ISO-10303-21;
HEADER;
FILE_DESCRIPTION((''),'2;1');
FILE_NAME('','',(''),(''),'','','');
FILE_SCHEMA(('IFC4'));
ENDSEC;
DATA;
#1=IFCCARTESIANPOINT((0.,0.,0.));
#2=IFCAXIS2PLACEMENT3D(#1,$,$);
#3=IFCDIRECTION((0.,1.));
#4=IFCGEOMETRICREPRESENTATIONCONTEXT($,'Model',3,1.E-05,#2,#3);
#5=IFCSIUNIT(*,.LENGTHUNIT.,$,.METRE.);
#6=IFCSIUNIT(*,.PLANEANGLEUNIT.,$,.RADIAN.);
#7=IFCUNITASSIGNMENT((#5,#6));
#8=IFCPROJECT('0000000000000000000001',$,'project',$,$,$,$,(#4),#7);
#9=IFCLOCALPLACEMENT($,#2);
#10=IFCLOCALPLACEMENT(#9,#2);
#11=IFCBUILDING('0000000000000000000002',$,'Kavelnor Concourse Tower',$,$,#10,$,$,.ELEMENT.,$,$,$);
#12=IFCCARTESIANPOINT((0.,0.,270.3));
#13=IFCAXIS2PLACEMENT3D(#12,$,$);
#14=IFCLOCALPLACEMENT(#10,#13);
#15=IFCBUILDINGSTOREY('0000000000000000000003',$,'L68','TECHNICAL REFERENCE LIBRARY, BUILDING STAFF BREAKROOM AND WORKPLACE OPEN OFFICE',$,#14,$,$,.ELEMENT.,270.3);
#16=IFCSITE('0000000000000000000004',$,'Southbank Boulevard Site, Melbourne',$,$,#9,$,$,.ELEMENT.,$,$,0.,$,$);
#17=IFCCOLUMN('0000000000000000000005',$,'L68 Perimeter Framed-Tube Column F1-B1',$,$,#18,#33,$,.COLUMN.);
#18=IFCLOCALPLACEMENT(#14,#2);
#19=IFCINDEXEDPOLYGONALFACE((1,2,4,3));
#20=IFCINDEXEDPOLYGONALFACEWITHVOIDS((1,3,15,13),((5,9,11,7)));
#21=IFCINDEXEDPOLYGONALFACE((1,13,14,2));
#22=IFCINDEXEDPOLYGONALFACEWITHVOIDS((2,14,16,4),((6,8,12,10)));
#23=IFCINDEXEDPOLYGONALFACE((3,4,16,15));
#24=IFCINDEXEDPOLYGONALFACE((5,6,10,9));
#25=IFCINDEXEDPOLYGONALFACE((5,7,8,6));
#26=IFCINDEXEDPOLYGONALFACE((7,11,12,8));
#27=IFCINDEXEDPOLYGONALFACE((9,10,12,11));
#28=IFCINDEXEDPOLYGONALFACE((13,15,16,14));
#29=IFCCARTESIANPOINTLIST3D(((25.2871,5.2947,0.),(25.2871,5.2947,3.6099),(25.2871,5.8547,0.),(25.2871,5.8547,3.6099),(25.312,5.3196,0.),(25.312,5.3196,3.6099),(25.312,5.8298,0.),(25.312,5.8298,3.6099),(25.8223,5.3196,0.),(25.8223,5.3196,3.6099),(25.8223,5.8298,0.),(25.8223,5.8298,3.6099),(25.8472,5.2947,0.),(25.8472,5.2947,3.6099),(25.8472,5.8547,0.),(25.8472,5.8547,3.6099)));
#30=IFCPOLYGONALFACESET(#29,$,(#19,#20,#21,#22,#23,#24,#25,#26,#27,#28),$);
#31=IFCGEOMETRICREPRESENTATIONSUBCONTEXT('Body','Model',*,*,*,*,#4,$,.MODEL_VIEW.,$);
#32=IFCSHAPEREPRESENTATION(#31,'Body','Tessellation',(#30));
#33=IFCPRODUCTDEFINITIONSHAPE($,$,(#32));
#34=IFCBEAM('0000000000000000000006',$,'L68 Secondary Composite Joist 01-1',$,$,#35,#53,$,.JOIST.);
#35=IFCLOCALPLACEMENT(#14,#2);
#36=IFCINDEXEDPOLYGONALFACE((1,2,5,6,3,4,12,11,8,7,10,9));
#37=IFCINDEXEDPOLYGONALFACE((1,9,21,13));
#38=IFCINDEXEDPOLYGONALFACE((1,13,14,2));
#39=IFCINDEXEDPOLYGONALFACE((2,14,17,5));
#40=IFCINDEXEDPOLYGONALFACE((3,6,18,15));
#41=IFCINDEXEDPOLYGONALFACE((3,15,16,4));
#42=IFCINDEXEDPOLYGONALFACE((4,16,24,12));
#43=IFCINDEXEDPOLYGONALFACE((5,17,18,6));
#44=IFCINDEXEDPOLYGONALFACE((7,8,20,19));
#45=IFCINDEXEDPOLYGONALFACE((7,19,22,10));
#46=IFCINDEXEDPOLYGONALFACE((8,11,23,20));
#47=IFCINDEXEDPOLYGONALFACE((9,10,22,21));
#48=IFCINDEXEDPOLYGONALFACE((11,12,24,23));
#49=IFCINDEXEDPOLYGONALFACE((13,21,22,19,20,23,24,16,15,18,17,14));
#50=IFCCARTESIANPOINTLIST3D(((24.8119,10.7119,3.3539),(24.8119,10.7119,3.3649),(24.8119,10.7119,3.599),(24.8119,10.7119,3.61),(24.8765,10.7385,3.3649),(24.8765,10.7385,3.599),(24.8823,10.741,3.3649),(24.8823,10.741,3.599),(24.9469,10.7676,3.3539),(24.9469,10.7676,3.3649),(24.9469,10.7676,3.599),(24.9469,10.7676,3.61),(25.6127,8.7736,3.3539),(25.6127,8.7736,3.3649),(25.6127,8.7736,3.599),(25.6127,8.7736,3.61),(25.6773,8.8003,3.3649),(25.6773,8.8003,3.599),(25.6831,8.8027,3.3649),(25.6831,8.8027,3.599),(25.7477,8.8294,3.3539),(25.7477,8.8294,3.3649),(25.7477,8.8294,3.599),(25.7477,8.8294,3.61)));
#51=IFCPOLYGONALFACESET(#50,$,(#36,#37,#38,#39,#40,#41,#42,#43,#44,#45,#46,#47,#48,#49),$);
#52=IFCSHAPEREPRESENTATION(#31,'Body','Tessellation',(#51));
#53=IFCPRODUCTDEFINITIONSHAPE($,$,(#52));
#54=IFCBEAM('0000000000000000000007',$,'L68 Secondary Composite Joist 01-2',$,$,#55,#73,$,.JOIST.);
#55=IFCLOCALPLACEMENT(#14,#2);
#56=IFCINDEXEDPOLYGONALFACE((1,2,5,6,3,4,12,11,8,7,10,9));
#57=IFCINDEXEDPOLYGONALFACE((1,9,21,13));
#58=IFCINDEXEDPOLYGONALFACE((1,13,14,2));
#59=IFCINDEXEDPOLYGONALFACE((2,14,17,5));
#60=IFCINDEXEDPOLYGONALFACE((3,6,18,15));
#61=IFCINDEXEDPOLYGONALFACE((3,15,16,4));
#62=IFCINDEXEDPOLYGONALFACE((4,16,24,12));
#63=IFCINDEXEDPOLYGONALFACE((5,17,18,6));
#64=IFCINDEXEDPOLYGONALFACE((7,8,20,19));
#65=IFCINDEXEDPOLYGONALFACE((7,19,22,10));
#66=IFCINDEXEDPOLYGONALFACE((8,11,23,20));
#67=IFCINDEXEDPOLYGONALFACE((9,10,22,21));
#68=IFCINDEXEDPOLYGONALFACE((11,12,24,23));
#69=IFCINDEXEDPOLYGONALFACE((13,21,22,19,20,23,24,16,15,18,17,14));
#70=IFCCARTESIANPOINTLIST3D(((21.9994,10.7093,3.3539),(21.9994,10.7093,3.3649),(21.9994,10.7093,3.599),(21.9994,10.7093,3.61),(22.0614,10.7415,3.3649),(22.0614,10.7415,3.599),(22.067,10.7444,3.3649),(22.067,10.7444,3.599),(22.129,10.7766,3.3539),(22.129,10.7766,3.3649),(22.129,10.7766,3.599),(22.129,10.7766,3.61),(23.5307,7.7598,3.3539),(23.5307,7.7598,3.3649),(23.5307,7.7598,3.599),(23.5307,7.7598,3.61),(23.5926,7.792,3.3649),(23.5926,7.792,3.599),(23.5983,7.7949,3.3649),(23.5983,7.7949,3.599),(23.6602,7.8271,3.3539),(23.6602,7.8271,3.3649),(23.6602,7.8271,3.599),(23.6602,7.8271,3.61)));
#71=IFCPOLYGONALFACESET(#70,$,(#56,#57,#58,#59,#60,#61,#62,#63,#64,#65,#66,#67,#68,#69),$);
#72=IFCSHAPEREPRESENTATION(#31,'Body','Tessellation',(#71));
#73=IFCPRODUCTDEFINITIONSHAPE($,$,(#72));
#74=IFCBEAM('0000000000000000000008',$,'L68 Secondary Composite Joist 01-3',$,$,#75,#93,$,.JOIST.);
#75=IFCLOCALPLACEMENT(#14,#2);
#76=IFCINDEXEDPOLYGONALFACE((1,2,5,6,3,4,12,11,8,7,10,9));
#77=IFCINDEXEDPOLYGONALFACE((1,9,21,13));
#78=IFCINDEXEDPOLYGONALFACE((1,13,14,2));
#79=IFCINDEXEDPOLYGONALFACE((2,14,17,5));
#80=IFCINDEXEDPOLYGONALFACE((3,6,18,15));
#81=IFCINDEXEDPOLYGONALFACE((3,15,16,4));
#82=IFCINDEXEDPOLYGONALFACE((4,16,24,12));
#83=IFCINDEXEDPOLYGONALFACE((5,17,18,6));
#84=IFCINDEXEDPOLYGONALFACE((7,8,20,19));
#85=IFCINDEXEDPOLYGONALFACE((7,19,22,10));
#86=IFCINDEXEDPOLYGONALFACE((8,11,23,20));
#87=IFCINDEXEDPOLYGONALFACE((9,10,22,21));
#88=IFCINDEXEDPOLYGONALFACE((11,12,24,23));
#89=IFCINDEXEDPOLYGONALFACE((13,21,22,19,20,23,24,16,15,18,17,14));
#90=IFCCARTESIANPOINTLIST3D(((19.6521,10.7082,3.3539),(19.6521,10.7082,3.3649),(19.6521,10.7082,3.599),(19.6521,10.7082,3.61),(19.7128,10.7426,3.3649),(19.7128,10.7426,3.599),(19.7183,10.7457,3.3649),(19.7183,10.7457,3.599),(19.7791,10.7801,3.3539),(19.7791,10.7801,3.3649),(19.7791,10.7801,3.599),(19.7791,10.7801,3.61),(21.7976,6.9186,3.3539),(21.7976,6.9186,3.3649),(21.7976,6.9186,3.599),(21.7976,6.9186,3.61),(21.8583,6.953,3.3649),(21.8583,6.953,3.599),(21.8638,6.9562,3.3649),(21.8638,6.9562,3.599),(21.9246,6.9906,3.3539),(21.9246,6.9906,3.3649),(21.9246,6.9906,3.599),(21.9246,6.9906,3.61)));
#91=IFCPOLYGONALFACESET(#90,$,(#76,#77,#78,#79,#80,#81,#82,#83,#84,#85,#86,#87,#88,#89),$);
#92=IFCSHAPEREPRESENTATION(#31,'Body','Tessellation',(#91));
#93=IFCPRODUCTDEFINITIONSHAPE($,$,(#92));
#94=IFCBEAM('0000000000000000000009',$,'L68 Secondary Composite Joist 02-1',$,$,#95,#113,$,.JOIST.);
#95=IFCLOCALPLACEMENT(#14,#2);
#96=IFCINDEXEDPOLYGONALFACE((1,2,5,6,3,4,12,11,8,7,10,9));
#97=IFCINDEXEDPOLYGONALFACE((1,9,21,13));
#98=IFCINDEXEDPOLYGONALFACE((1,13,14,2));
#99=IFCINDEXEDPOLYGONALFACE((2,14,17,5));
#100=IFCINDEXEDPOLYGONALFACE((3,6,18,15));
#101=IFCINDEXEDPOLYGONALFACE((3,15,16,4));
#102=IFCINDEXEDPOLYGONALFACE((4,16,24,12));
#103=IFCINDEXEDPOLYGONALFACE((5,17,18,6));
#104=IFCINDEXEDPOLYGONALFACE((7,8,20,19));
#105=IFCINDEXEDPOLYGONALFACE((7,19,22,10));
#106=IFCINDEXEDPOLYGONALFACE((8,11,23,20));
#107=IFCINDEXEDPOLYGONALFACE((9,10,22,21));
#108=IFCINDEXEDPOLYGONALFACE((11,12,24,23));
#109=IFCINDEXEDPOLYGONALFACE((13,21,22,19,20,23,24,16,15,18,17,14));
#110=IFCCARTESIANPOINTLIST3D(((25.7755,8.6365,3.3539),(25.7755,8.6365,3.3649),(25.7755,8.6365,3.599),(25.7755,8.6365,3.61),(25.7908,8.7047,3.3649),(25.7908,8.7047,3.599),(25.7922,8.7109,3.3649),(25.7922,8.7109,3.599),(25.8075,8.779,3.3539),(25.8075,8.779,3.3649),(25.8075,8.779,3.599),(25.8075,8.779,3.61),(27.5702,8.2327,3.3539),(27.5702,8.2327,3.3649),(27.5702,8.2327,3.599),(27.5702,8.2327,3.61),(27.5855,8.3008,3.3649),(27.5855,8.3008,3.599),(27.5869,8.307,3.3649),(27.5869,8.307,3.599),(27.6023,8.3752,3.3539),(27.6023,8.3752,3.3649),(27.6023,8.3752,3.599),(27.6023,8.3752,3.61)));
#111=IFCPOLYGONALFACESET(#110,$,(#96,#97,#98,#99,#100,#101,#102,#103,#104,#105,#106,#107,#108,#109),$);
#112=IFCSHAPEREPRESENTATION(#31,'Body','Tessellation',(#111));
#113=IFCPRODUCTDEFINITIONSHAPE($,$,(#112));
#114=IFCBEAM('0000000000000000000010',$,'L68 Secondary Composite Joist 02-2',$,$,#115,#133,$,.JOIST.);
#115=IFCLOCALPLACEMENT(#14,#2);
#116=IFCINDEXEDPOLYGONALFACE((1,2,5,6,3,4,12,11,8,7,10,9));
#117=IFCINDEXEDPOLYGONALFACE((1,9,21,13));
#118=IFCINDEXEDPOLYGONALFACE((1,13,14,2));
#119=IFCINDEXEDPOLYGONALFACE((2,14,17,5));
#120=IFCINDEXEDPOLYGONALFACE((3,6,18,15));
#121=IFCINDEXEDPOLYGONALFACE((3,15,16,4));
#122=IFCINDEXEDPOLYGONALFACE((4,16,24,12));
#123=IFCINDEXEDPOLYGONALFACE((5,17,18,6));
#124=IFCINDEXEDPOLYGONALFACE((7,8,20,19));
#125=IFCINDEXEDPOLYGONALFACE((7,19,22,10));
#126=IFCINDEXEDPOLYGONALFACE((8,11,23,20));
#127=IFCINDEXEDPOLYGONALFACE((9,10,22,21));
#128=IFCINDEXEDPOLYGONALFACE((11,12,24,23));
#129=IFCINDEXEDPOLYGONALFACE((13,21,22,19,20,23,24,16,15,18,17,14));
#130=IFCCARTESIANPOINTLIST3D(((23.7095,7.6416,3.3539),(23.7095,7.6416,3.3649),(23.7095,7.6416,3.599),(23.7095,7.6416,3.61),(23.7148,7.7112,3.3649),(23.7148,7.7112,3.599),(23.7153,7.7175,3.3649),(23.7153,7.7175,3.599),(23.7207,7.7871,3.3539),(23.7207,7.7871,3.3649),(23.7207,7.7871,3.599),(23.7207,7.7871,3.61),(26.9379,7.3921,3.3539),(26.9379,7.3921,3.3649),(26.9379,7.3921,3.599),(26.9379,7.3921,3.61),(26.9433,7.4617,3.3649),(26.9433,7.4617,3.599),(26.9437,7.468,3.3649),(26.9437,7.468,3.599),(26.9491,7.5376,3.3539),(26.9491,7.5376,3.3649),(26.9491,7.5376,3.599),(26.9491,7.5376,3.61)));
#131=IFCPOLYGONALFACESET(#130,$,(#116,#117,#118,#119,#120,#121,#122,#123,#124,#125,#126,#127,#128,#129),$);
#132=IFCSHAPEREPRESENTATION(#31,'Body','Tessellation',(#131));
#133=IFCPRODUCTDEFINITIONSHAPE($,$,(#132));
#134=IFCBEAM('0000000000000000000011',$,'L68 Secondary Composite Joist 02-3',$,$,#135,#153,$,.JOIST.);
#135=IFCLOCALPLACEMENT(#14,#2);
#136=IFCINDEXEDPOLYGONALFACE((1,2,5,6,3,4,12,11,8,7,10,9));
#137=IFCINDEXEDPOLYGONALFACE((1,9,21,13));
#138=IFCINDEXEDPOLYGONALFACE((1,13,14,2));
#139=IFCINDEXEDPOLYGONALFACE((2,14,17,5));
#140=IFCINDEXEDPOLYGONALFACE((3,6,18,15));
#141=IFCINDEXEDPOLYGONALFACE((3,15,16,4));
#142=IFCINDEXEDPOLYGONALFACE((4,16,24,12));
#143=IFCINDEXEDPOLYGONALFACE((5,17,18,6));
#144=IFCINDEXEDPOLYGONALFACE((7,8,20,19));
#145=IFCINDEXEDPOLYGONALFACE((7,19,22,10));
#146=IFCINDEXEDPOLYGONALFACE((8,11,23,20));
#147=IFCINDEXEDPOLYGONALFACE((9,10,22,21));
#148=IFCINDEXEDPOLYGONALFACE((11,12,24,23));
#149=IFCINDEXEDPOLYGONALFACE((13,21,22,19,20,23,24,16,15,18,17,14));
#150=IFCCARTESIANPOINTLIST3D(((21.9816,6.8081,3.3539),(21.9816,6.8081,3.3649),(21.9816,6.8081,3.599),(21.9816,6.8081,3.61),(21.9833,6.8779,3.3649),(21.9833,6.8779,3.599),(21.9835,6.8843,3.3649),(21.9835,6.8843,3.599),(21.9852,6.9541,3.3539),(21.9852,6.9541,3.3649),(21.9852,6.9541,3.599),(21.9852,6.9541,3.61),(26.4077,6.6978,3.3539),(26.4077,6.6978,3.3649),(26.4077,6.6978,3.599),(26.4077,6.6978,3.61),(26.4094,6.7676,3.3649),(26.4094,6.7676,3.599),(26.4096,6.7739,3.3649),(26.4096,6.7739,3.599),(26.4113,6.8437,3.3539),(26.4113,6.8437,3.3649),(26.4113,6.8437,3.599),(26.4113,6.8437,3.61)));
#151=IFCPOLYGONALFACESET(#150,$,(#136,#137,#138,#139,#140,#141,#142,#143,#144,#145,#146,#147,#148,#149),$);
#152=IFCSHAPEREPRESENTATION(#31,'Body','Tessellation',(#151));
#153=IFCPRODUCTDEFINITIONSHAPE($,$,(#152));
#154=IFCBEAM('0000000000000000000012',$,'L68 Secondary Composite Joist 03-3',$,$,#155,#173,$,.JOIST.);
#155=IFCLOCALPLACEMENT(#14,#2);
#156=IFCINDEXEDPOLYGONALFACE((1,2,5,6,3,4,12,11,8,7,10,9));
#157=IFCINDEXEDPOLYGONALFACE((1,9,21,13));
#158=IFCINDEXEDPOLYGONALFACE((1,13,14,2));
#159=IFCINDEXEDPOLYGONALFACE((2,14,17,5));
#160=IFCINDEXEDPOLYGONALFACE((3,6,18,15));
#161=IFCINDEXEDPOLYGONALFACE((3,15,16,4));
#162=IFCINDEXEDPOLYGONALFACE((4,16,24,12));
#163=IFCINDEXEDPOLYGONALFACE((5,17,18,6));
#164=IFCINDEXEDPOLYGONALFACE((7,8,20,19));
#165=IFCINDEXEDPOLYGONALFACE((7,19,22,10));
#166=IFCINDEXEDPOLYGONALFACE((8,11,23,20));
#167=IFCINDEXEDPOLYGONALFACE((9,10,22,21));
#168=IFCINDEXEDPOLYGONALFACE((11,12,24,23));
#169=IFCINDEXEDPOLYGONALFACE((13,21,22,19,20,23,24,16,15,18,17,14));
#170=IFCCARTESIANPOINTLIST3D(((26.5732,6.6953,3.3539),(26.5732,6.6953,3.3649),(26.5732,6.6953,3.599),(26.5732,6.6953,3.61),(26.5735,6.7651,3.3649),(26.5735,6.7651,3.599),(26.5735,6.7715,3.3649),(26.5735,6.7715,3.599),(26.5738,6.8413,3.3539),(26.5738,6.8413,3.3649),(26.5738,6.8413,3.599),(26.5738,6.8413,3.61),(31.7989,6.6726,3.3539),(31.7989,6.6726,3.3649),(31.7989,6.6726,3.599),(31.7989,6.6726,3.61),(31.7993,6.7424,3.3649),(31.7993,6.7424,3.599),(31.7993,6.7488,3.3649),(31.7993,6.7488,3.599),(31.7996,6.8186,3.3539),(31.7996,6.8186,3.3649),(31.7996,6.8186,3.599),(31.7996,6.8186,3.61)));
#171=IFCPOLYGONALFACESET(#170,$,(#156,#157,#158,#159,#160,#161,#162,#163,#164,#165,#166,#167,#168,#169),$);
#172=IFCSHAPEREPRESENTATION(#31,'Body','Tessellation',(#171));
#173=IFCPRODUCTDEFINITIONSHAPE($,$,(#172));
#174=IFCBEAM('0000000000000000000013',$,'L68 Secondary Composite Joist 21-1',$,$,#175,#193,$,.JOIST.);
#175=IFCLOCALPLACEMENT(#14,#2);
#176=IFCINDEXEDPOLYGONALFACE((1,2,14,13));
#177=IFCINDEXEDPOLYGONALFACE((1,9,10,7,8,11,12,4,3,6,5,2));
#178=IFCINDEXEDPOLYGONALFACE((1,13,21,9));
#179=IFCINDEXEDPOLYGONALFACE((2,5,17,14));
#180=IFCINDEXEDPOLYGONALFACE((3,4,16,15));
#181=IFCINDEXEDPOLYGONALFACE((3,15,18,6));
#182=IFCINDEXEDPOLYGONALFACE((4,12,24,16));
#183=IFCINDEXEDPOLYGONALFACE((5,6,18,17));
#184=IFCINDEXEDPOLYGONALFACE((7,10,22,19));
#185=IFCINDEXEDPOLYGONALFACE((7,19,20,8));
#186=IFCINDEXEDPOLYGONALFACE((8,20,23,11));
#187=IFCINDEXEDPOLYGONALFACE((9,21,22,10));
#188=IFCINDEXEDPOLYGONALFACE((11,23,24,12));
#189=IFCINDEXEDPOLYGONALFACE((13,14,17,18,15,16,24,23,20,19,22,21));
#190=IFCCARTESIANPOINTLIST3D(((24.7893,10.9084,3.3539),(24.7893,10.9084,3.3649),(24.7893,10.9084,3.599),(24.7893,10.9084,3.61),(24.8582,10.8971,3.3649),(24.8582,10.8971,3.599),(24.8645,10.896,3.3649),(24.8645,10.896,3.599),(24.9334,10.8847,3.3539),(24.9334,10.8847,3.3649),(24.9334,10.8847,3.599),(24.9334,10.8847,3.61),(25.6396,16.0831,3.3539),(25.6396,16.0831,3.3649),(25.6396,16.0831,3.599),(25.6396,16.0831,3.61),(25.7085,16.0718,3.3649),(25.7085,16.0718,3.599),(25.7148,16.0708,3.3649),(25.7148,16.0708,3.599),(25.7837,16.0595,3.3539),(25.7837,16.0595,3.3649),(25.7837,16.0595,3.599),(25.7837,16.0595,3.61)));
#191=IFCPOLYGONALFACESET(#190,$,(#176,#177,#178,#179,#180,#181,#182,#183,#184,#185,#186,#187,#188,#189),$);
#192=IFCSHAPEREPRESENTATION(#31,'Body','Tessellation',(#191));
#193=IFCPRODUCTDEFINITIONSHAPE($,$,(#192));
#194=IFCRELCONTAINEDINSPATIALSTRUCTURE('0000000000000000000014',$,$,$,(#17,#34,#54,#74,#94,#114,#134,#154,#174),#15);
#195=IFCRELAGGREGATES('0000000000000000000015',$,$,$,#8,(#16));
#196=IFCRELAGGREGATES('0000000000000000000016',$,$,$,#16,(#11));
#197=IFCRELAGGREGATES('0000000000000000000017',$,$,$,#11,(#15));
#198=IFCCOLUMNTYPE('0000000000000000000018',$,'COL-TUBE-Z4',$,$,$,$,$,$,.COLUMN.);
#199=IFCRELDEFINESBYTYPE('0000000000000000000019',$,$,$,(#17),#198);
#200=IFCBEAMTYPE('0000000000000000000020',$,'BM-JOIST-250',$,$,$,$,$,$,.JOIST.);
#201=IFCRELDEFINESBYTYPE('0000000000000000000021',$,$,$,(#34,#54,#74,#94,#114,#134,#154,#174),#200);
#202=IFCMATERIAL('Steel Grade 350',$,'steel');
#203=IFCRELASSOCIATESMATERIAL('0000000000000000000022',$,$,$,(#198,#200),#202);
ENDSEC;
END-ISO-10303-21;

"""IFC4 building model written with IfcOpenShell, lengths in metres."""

from ifc_helpers import new_model, si_unit, direction, frame, origin, origin_2d, place, context, subcontext, project, spatial, hollow_rectangle, i_section, extrude, material, material_profile, profile_set, type_object, element, save


model = new_model("IFC4")

# Units and contexts
model_context = context("Model", 3, precision=1e-05, world=origin(), true_north=direction((0.0, 1.0)))
body_context = subcontext(model_context, "Body", "Model", "MODEL_VIEW")
ifc_project = project(units=[si_unit("LENGTHUNIT", "METRE"), si_unit("PLANEANGLEUNIT", "RADIAN")], contexts=[model_context])

# Site, building, storey
site_placement = place(None, origin())
site = spatial("IfcSite", under=ifc_project, at=site_placement, Name="Southbank Boulevard Site, Melbourne", CompositionType="ELEMENT", RefElevation=0.0)
building_placement = place(site_placement, origin())
building = spatial("IfcBuilding", under=site, at=building_placement, Name="Kavelnor Concourse Tower", CompositionType="ELEMENT")
storey_placement = place(building_placement, frame((0.0, 0.0, 270.3)))
storey = spatial("IfcBuildingStorey", under=building, at=storey_placement, Name="L68", Description="TECHNICAL REFERENCE LIBRARY, BUILDING STAFF BREAKROOM AND WORKPLACE OPEN OFFICE", CompositionType="ELEMENT", Elevation=270.3)

# Column
ifc_material_1 = material(Name="Steel Grade 350", Category="steel")
ifc_material_profile_1 = material_profile(ifc_material_1, hollow_rectangle(XDim=0.5601, YDim=0.5601, WallThickness=0.0249, at=origin_2d()), Name="SHS 560x560x25")
ifc_profile_set_1 = profile_set([ifc_material_profile_1], Name="Steel Grade 350")
column_type = type_object("IfcColumnType", Name="COL-TUBE-Z4", PredefinedType="COLUMN", material=ifc_profile_set_1)
column_placement = place(storey_placement, frame((25.5671, 5.5747, 0.0), z_axis=(0.0, 0.0, 1.0), x_axis=(1.0, 0.0, 0.0)))
element("IfcColumn", 1, at=column_placement, inside=storey, type_object=column_type, Name="L68 Perimeter Framed-Tube Column F1-B1", PredefinedType="COLUMN", context=body_context, shape_type="SweptSolid", body=[
    extrude(hollow_rectangle(XDim=0.5601, YDim=0.5601, WallThickness=0.0249, at=origin_2d()), origin(), (0.0, 0.0, 1.0), 3.6099),
])

# Beams
ifc_material_profile_2 = material_profile(ifc_material_1, i_section(OverallWidth=0.146, OverallDepth=0.2561, WebThickness=0.0063, FlangeThickness=0.011, at=origin_2d()), Name="250UB37")
ifc_profile_set_2 = profile_set([ifc_material_profile_2], Name="Steel Grade 350")
beam_type_1 = type_object("IfcBeamType", Name="BM-JOIST-250", PredefinedType="JOIST", material=ifc_profile_set_2)
beam_1_placement = place(storey_placement, frame((24.8794, 10.7397, 3.4819), z_axis=(0.381844, -0.924227, 0.0), x_axis=(0.924227, 0.381844, 0.0)))
element("IfcBeam", 2, at=beam_1_placement, inside=storey, type_object=beam_type_1, Name="L68 Secondary Composite Joist 01-1", PredefinedType="JOIST", context=body_context, shape_type="SweptSolid", body=[
    extrude(i_section(OverallWidth=0.146, OverallDepth=0.2561, WebThickness=0.0063, FlangeThickness=0.011, at=origin_2d()), origin(), (0.0, 0.0, 1.0), 2.0972),
])
beam_2_placement = place(storey_placement, frame((22.0642, 10.7429, 3.4819), z_axis=(0.460767, -0.887521, 0.0), x_axis=(0.887521, 0.460767, 0.0)))
element("IfcBeam", 3, at=beam_2_placement, inside=storey, type_object=beam_type_1, Name="L68 Secondary Composite Joist 01-2", PredefinedType="JOIST", context=body_context, shape_type="SweptSolid", body=[
    extrude(i_section(OverallWidth=0.146, OverallDepth=0.2561, WebThickness=0.0063, FlangeThickness=0.011, at=origin_2d()), origin(), (0.0, 0.0, 1.0), 3.3232),
])
beam_3_placement = place(storey_placement, frame((19.7156, 10.7441, 3.4819), z_axis=(0.492682, -0.87021, 0.0), x_axis=(0.87021, 0.492682, 0.0)))
element("IfcBeam", 4, at=beam_3_placement, inside=storey, type_object=beam_type_1, Name="L68 Secondary Composite Joist 01-3", PredefinedType="JOIST", context=body_context, shape_type="SweptSolid", body=[
    extrude(i_section(OverallWidth=0.146, OverallDepth=0.2561, WebThickness=0.0063, FlangeThickness=0.011, at=origin_2d()), origin(), (0.0, 0.0, 1.0), 4.3547),
])
beam_4_placement = place(storey_placement, frame((25.7915, 8.7078, 3.4819), z_axis=(0.975609, -0.219515, 0.0), x_axis=(0.219515, 0.975609, 0.0)))
element("IfcBeam", 5, at=beam_4_placement, inside=storey, type_object=beam_type_1, Name="L68 Secondary Composite Joist 02-1", PredefinedType="JOIST", context=body_context, shape_type="SweptSolid", body=[
    extrude(i_section(OverallWidth=0.146, OverallDepth=0.2561, WebThickness=0.0063, FlangeThickness=0.011, at=origin_2d()), origin(), (0.0, 0.0, 1.0), 1.8396),
])
beam_5_placement = place(storey_placement, frame((23.7151, 7.7144, 3.4819), z_axis=(0.997027, -0.077054, 0.0), x_axis=(0.077054, 0.997027, 0.0)))
element("IfcBeam", 6, at=beam_5_placement, inside=storey, type_object=beam_type_1, Name="L68 Secondary Composite Joist 02-2", PredefinedType="JOIST", context=body_context, shape_type="SweptSolid", body=[
    extrude(i_section(OverallWidth=0.146, OverallDepth=0.2561, WebThickness=0.0063, FlangeThickness=0.011, at=origin_2d()), origin(), (0.0, 0.0, 1.0), 3.238),
])
beam_6_placement = place(storey_placement, frame((21.9834, 6.8811, 3.4819), z_axis=(0.999689, -0.024925, 0.0), x_axis=(0.024925, 0.999689, 0.0)))
element("IfcBeam", 7, at=beam_6_placement, inside=storey, type_object=beam_type_1, Name="L68 Secondary Composite Joist 02-3", PredefinedType="JOIST", context=body_context, shape_type="SweptSolid", body=[
    extrude(i_section(OverallWidth=0.146, OverallDepth=0.2561, WebThickness=0.0063, FlangeThickness=0.011, at=origin_2d()), origin(), (0.0, 0.0, 1.0), 4.4275),
])
beam_7_placement = place(storey_placement, frame((26.5735, 6.7683, 3.4819), z_axis=(0.999991, -0.004345, 0.0), x_axis=(0.004345, 0.999991, 0.0)))
element("IfcBeam", 8, at=beam_7_placement, inside=storey, type_object=beam_type_1, Name="L68 Secondary Composite Joist 03-3", PredefinedType="JOIST", context=body_context, shape_type="SweptSolid", body=[
    extrude(i_section(OverallWidth=0.146, OverallDepth=0.2561, WebThickness=0.0063, FlangeThickness=0.011, at=origin_2d()), origin(), (0.0, 0.0, 1.0), 5.2258),
])
beam_8_placement = place(storey_placement, frame((25.7117, 16.0713, 3.4819), z_axis=(-0.162149, -0.986766, 0.0), x_axis=(0.986766, -0.162149, 0.0)))
element("IfcBeam", 9, at=beam_8_placement, inside=storey, type_object=beam_type_1, Name="L68 Secondary Composite Joist 21-1", PredefinedType="JOIST", context=body_context, shape_type="SweptSolid", body=[
    extrude(i_section(OverallWidth=0.146, OverallDepth=0.2561, WebThickness=0.0063, FlangeThickness=0.011, at=origin_2d()), origin(), (0.0, 0.0, 1.0), 5.2441),
])

save(model, "model.ifc")
